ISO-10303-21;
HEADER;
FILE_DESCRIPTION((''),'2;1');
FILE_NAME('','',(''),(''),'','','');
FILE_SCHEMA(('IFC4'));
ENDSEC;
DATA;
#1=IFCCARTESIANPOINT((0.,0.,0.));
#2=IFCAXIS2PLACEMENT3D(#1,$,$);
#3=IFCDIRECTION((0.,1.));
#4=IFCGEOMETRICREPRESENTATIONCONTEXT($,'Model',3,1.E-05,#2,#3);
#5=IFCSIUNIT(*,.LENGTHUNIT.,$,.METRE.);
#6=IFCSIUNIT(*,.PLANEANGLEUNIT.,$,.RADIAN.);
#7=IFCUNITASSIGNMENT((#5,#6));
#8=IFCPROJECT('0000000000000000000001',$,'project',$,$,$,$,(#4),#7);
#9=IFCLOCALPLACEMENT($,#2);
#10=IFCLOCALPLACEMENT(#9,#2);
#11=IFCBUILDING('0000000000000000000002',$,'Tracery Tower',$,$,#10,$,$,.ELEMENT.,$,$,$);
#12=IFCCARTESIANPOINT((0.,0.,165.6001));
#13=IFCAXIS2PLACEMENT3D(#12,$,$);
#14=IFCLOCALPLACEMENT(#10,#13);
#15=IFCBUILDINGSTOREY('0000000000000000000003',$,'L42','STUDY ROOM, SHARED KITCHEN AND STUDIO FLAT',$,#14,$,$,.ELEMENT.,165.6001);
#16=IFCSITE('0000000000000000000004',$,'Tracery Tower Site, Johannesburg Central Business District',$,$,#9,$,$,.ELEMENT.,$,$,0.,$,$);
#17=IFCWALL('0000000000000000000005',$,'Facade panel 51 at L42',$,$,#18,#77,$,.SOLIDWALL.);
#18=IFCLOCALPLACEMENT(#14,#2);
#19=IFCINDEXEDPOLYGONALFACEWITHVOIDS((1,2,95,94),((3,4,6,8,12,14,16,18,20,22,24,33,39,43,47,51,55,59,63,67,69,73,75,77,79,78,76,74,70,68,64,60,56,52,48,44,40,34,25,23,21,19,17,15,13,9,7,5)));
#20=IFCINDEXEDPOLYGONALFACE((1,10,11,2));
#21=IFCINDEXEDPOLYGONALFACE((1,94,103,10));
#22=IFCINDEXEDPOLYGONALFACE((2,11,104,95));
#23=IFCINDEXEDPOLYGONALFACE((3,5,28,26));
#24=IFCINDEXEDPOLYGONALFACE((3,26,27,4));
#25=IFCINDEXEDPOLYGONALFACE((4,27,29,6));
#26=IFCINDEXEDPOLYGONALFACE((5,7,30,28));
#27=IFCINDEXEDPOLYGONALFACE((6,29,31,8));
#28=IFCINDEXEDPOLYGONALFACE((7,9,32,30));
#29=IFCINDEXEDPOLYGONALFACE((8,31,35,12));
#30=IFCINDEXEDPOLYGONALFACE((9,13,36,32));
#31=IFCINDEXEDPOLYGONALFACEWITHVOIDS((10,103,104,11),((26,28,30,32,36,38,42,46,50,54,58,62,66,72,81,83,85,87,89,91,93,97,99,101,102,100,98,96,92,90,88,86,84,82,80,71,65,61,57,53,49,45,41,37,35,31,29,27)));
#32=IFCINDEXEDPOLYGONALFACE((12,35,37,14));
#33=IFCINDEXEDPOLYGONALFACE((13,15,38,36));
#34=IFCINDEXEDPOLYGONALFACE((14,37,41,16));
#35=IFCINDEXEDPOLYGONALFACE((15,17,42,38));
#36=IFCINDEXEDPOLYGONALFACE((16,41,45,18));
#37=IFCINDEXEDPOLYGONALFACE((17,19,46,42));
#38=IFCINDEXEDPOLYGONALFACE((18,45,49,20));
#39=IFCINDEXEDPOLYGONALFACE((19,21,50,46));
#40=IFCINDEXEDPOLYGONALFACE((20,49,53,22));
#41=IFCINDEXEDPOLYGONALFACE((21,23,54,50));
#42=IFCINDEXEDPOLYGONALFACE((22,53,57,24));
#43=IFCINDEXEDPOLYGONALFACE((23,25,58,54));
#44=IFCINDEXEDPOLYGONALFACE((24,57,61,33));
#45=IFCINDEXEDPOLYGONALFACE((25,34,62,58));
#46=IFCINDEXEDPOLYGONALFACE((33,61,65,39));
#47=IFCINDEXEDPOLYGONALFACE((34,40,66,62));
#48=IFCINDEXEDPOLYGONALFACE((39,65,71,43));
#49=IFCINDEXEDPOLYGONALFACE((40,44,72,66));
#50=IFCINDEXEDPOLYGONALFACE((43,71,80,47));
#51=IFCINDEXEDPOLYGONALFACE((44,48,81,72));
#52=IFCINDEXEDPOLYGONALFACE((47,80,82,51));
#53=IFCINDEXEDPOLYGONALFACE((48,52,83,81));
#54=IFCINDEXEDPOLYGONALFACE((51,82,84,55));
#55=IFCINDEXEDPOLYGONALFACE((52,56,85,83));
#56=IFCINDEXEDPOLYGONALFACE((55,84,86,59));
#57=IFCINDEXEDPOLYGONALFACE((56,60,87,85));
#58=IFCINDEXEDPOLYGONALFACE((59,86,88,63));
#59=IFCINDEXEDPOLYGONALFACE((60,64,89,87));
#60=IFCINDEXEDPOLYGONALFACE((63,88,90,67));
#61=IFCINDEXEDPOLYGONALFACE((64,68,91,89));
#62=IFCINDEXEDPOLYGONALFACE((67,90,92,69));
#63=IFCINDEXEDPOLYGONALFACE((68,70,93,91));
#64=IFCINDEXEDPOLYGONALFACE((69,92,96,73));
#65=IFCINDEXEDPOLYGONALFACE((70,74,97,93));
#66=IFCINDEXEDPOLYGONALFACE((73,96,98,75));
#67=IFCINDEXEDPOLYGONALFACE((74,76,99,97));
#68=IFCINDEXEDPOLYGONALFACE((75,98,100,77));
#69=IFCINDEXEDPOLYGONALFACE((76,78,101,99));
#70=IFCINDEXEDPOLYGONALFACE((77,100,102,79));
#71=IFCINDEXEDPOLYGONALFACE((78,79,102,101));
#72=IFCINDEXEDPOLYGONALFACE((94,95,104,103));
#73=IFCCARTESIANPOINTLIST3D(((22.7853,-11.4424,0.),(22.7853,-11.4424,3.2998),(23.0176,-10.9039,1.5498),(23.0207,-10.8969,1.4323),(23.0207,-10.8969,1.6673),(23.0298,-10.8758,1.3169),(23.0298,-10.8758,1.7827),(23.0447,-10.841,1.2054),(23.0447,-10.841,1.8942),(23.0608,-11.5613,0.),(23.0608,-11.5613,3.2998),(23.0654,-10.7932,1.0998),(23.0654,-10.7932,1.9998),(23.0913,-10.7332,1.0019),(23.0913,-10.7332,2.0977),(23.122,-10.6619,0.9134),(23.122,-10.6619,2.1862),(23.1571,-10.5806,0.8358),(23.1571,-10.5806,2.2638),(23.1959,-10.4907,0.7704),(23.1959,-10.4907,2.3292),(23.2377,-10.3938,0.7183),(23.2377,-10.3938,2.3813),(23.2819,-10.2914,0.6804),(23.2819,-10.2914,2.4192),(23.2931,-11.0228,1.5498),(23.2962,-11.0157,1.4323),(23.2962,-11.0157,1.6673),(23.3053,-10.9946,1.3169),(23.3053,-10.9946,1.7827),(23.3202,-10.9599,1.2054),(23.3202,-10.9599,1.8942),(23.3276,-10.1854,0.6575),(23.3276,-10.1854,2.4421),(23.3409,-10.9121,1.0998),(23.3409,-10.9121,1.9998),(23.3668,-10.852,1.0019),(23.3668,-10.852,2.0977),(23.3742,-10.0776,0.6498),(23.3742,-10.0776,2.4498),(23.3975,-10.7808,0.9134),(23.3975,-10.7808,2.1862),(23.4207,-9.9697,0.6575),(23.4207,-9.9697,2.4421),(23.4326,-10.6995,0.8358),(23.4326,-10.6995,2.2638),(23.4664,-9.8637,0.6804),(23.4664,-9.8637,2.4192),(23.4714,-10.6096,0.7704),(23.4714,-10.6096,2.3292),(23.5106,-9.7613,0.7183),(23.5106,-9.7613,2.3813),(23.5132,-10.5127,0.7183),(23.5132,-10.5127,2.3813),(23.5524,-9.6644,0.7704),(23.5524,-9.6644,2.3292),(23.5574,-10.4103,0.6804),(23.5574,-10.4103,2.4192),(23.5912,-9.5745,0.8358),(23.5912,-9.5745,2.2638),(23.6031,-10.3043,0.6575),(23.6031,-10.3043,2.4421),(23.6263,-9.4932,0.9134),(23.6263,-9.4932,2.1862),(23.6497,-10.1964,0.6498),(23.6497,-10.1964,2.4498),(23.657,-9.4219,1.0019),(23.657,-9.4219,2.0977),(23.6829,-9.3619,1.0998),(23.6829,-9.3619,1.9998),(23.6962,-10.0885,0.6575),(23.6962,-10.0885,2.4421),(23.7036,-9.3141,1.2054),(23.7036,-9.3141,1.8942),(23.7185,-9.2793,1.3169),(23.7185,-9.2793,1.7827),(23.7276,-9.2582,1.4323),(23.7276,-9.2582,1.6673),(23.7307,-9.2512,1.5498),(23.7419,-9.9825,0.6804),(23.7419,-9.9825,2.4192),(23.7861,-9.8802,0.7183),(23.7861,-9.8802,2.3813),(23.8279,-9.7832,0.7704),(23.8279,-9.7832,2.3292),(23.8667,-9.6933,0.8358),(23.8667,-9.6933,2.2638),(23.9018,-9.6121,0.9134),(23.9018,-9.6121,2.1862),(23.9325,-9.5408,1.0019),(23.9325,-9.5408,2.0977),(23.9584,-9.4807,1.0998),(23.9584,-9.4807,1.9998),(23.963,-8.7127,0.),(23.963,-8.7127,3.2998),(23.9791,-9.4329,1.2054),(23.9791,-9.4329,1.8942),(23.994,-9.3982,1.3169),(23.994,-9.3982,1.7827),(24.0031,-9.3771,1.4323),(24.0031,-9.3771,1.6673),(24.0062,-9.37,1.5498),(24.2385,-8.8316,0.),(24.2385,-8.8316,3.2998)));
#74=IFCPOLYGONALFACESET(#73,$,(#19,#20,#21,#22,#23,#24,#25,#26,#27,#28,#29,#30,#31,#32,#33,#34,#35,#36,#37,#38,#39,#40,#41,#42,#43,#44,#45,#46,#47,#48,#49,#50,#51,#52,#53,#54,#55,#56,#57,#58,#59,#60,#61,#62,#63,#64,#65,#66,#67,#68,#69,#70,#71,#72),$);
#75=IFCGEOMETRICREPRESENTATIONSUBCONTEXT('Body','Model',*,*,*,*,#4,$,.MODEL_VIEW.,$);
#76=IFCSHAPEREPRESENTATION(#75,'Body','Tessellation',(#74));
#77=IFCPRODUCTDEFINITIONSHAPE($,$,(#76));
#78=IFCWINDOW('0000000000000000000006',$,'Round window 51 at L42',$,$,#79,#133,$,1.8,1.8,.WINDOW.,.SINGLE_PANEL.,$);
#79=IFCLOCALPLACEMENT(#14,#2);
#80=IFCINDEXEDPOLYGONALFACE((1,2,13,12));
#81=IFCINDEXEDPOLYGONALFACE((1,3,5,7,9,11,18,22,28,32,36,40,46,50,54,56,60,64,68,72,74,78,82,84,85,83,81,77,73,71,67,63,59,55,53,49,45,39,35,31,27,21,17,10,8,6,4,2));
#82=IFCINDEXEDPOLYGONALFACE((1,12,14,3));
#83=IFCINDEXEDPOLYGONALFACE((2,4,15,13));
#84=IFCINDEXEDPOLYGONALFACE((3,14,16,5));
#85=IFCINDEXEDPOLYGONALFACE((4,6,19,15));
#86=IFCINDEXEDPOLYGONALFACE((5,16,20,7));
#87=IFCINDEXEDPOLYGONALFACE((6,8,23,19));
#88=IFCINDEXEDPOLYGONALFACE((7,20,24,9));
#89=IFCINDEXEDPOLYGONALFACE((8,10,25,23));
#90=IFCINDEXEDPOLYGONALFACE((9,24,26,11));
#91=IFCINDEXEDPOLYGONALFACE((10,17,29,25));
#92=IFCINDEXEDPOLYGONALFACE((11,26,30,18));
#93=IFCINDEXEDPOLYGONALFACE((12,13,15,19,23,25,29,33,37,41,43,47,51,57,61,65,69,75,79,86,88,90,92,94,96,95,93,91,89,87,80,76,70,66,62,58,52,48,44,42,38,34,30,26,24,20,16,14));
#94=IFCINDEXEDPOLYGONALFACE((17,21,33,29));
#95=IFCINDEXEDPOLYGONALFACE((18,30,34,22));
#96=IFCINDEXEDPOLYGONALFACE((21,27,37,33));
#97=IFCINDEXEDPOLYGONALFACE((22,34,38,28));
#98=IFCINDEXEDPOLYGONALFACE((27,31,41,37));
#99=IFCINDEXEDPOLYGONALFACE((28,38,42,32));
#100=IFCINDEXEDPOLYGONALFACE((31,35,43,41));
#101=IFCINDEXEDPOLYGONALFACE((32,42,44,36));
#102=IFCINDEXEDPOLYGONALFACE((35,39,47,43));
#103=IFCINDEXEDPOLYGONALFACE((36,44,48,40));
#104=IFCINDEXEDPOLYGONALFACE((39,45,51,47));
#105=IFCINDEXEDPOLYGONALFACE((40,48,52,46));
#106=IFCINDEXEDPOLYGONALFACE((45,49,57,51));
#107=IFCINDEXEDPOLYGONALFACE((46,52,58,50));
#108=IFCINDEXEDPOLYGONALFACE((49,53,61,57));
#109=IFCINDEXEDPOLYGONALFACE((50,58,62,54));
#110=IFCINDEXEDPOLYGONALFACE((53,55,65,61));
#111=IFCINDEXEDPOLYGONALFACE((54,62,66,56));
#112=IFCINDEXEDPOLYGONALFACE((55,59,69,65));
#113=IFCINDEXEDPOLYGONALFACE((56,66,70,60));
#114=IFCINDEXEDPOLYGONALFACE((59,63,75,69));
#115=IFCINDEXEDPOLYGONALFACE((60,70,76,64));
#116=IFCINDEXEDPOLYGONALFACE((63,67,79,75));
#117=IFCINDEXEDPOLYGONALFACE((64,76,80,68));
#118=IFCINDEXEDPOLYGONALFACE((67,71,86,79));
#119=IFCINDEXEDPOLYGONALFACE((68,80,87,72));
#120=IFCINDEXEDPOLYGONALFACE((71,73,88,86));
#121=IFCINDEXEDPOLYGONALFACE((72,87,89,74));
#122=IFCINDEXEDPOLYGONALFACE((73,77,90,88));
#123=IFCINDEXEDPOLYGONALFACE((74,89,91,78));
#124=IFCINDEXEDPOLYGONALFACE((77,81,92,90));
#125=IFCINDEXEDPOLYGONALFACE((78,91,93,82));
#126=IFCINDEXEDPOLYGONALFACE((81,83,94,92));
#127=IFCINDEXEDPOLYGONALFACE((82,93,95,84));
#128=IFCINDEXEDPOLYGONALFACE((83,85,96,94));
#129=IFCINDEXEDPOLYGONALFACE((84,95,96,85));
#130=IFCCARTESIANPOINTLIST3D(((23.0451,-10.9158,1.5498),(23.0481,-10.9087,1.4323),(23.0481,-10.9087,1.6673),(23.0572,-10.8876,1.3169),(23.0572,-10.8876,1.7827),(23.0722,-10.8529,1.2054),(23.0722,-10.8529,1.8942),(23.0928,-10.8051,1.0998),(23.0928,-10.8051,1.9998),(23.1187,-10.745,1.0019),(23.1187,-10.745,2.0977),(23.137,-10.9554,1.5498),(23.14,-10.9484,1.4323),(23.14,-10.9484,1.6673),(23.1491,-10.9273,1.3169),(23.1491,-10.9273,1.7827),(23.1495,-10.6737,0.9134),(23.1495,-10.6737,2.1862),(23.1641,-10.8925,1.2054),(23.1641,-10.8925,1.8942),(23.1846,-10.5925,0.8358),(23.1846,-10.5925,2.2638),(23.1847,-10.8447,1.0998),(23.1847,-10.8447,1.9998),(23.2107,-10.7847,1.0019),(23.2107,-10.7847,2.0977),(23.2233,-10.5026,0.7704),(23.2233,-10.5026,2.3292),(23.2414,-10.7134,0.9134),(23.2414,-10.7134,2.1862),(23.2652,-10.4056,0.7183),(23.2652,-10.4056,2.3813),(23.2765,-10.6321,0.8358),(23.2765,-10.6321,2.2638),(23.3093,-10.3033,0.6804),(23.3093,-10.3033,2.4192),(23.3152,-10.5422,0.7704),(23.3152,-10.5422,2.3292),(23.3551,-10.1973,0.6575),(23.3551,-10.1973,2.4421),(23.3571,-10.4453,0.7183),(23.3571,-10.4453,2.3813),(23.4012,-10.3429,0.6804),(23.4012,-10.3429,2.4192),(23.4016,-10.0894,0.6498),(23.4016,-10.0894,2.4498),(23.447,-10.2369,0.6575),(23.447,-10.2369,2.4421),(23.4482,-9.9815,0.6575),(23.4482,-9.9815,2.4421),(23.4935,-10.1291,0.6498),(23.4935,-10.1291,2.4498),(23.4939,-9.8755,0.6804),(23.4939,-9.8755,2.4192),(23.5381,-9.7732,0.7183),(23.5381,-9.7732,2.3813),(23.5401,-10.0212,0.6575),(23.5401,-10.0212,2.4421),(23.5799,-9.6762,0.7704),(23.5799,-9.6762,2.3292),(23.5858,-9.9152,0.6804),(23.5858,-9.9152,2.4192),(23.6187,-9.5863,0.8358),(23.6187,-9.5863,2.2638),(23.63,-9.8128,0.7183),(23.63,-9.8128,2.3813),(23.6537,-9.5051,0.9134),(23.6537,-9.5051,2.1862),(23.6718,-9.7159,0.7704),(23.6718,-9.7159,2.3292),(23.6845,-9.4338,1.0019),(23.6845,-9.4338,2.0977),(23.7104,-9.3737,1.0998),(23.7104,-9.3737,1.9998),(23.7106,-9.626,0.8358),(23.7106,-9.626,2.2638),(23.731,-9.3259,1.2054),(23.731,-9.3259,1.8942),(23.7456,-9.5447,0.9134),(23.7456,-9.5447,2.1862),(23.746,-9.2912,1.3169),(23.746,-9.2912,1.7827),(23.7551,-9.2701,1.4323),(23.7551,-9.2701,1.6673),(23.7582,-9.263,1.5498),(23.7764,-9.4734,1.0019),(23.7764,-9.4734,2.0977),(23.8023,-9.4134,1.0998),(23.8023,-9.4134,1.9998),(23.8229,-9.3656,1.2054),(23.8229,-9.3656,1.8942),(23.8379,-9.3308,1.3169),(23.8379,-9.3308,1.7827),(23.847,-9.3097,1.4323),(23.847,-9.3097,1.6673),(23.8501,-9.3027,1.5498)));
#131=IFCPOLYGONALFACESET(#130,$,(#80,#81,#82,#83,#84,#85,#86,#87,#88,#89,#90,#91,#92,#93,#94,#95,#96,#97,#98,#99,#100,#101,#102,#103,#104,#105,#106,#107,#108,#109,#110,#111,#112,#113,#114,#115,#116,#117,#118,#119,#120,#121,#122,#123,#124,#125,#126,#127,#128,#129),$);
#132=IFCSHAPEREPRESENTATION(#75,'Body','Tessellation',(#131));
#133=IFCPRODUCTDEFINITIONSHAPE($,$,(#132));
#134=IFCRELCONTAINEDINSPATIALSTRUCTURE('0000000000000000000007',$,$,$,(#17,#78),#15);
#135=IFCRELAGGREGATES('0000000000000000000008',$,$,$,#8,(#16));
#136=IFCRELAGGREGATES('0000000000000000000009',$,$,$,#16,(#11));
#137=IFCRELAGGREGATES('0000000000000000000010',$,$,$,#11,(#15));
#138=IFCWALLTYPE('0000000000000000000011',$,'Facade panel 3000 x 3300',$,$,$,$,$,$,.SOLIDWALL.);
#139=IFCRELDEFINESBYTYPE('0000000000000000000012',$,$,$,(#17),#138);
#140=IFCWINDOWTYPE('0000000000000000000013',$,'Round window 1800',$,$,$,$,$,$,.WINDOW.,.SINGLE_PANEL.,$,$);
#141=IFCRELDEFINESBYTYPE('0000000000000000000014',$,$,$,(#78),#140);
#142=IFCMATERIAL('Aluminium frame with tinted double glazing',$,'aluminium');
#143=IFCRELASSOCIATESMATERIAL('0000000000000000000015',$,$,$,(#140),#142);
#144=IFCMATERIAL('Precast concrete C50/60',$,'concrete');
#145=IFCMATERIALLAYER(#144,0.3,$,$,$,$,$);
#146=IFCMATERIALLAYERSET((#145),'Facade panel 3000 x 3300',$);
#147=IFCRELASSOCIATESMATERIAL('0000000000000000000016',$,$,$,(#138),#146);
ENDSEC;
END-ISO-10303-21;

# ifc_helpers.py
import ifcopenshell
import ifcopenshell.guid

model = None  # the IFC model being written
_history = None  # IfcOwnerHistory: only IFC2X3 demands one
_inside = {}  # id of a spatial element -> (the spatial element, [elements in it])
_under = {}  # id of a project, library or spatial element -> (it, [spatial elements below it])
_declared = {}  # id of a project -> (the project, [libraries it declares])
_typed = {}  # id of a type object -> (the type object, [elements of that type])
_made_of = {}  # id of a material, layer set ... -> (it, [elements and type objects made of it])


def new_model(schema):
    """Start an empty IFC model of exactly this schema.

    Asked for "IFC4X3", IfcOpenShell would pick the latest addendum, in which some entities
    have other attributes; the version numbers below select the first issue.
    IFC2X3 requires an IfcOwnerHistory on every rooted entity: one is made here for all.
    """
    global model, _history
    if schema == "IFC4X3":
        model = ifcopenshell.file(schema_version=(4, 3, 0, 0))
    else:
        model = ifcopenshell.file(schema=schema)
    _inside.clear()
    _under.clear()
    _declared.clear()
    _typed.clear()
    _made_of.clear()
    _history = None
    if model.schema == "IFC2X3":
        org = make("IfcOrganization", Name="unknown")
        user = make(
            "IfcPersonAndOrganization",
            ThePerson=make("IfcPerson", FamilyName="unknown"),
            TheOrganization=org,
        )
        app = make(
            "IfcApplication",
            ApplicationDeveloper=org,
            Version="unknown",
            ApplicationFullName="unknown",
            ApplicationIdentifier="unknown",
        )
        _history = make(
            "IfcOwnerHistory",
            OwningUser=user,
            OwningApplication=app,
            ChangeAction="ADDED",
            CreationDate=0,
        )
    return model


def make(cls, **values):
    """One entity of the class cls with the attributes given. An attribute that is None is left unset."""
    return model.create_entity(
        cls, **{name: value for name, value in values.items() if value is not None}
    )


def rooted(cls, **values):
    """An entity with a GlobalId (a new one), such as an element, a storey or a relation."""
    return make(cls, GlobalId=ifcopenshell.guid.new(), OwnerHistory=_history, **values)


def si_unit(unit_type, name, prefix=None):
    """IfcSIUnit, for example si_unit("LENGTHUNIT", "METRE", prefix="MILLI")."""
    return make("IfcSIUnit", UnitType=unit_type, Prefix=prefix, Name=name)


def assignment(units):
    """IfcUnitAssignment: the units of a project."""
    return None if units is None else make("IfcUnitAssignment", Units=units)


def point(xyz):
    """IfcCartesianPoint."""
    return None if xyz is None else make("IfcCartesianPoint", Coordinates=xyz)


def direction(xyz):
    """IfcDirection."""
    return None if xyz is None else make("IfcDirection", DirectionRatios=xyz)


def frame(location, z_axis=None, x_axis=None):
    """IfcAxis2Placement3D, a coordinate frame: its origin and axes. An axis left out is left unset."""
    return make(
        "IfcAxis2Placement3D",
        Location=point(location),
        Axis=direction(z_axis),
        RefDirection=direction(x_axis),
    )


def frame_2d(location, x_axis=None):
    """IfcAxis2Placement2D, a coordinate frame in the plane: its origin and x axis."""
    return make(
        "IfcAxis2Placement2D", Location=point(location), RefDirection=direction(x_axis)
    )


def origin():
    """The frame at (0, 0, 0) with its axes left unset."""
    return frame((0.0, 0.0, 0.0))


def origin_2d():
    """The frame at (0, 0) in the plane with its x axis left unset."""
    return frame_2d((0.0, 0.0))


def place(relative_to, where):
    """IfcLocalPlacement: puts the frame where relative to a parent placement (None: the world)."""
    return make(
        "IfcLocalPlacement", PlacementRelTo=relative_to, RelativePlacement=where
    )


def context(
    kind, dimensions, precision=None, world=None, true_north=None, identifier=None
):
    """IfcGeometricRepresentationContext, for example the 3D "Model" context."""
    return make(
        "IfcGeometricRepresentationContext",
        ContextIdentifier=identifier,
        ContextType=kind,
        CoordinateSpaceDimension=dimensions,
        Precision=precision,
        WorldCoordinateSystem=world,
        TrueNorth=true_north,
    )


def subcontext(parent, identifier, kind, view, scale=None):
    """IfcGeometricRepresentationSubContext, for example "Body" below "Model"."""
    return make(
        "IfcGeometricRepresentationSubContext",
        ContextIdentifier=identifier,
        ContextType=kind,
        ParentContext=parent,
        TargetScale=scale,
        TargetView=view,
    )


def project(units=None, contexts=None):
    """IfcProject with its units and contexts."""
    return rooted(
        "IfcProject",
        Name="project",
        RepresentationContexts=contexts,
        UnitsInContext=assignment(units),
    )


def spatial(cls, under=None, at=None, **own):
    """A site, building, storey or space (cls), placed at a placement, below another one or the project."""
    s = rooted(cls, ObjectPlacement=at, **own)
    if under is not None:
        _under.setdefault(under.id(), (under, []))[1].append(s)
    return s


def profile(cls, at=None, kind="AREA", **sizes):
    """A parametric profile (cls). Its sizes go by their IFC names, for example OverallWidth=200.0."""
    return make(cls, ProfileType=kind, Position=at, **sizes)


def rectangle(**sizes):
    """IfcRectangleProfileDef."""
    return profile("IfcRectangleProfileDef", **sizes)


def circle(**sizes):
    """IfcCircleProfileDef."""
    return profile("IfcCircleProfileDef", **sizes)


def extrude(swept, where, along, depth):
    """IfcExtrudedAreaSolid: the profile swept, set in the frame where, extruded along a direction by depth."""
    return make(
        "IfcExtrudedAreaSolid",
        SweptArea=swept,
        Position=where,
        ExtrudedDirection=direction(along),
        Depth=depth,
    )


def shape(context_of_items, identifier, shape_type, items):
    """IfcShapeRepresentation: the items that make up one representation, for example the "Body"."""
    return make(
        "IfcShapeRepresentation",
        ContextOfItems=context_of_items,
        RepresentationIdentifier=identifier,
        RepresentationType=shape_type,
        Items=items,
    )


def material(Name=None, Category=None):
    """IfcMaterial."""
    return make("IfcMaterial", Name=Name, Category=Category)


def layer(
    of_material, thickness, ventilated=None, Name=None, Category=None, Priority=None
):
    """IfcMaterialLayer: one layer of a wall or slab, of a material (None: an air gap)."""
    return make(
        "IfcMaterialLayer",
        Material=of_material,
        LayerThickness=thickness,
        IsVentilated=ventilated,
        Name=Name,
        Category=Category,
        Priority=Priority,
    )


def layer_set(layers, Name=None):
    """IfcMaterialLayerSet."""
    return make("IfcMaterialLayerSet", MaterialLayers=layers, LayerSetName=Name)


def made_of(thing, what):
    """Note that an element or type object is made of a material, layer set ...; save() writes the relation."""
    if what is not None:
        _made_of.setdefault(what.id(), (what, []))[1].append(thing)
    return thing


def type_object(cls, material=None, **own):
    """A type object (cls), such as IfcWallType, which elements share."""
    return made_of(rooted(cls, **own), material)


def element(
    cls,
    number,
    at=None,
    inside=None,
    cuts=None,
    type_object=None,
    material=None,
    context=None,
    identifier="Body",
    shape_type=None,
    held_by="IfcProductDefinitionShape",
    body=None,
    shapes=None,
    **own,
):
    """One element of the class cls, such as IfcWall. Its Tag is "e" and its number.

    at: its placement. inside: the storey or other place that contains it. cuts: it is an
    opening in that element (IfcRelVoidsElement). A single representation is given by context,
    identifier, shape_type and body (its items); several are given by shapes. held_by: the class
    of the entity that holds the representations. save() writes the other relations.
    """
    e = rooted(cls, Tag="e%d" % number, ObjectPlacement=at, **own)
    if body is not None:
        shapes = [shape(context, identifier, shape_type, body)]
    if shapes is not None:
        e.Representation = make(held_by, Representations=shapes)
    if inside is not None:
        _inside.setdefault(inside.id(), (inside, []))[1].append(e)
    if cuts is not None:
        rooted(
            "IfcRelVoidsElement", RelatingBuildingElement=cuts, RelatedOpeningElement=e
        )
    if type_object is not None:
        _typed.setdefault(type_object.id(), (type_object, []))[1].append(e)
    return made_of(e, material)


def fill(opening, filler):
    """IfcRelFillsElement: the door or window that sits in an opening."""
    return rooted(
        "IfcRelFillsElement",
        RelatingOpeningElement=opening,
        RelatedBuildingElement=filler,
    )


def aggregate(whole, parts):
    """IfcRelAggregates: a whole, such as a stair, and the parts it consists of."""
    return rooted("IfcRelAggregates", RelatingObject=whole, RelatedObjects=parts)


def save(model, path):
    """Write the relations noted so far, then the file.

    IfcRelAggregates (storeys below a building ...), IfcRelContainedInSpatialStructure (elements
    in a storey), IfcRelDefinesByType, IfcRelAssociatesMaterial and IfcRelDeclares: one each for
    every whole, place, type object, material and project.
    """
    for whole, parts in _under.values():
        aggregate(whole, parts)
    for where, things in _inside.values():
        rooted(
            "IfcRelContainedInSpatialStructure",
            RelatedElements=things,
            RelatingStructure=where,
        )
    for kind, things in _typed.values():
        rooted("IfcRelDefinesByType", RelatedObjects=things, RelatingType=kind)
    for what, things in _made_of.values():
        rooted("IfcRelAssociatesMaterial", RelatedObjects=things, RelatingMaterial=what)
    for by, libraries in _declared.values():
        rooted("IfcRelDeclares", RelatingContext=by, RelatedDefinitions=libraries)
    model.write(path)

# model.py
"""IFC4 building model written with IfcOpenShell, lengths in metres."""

from ifc_helpers import new_model, si_unit, direction, frame, frame_2d, origin, origin_2d, place, context, subcontext, project, spatial, rectangle, circle, extrude, material, layer, layer_set, type_object, element, fill, save


model = new_model("IFC4")

# Units and contexts
model_context = context("Model", 3, precision=1e-05, world=origin(), true_north=direction((0.0, 1.0)))
body_context = subcontext(model_context, "Body", "Model", "MODEL_VIEW")
ifc_project = project(units=[si_unit("LENGTHUNIT", "METRE"), si_unit("PLANEANGLEUNIT", "RADIAN")], contexts=[model_context])

# Site, building, storey
site_placement = place(None, origin())
site = spatial("IfcSite", under=ifc_project, at=site_placement, Name="Tracery Tower Site, Johannesburg Central Business District", CompositionType="ELEMENT", RefElevation=0.0)
building_placement = place(site_placement, origin())
building = spatial("IfcBuilding", under=site, at=building_placement, Name="Tracery Tower", CompositionType="ELEMENT")
storey_placement = place(building_placement, frame((0.0, 0.0, 165.6001)))
storey = spatial("IfcBuildingStorey", under=building, at=storey_placement, Name="L42", Description="STUDY ROOM, SHARED KITCHEN AND STUDIO FLAT", CompositionType="ELEMENT", Elevation=165.6001)

# Wall, opening, window
ifc_material_1 = material(Name="Aluminium frame with tinted double glazing", Category="aluminium")
window_type = type_object("IfcWindowType", Name="Round window 1800", PartitioningType="SINGLE_PANEL", PredefinedType="WINDOW", material=ifc_material_1)
ifc_material_2 = material(Name="Precast concrete C50/60", Category="concrete")
ifc_layer_1 = layer(ifc_material_2, 0.3)
ifc_layer_set_1 = layer_set([ifc_layer_1], Name="Facade panel 3000 x 3300")
wall_type_1 = type_object("IfcWallType", Name="Facade panel 3000 x 3300", PredefinedType="SOLIDWALL", material=ifc_layer_set_1)
wall_1_placement = place(storey_placement, frame((22.9231, -11.5017, 0.0), z_axis=(0.0, 0.0, 1.0), x_axis=(0.396148, 0.918187, 0.0)))
wall_1 = element("IfcWall", 1, at=wall_1_placement, inside=storey, type_object=wall_type_1, Name="Facade panel 51 at L42", PredefinedType="SOLIDWALL", context=body_context, shape_type="SweptSolid", body=[
    extrude(rectangle(XDim=2.9729, YDim=0.3, at=frame_2d((1.4863, 0.0))), origin(), (0.0, 0.0, 1.0), 3.2998),
])
opening_1_placement = place(wall_1_placement, frame((1.4863, 0.0, 1.5498)))
opening_1 = element("IfcOpeningElement", 2, at=opening_1_placement, cuts=wall_1, PredefinedType="OPENING", context=body_context, shape_type="SweptSolid", body=[
    extrude(circle(Radius=0.9, at=origin_2d()), frame((0.0, 0.1599, 0.0), z_axis=(0.0, -1.0, 0.0), x_axis=(1.0, 0.0, 0.0)), (0.0, 0.0, 1.0), 0.3201),
])
window_1_placement = place(opening_1_placement, origin())
window_1 = element("IfcWindow", 3, at=window_1_placement, inside=storey, type_object=window_type, Name="Round window 51 at L42", OverallHeight=1.8, OverallWidth=1.8, PartitioningType="SINGLE_PANEL", PredefinedType="WINDOW", context=body_context, shape_type="SweptSolid", body=[
    extrude(circle(Radius=0.9, at=origin_2d()), frame((0.0, 0.1201, 0.0), z_axis=(0.0, -1.0, 0.0), x_axis=(1.0, 0.0, 0.0)), (0.0, 0.0, 1.0), 0.1001),
])
fill(opening_1, window_1)

save(model, "model.ifc")
